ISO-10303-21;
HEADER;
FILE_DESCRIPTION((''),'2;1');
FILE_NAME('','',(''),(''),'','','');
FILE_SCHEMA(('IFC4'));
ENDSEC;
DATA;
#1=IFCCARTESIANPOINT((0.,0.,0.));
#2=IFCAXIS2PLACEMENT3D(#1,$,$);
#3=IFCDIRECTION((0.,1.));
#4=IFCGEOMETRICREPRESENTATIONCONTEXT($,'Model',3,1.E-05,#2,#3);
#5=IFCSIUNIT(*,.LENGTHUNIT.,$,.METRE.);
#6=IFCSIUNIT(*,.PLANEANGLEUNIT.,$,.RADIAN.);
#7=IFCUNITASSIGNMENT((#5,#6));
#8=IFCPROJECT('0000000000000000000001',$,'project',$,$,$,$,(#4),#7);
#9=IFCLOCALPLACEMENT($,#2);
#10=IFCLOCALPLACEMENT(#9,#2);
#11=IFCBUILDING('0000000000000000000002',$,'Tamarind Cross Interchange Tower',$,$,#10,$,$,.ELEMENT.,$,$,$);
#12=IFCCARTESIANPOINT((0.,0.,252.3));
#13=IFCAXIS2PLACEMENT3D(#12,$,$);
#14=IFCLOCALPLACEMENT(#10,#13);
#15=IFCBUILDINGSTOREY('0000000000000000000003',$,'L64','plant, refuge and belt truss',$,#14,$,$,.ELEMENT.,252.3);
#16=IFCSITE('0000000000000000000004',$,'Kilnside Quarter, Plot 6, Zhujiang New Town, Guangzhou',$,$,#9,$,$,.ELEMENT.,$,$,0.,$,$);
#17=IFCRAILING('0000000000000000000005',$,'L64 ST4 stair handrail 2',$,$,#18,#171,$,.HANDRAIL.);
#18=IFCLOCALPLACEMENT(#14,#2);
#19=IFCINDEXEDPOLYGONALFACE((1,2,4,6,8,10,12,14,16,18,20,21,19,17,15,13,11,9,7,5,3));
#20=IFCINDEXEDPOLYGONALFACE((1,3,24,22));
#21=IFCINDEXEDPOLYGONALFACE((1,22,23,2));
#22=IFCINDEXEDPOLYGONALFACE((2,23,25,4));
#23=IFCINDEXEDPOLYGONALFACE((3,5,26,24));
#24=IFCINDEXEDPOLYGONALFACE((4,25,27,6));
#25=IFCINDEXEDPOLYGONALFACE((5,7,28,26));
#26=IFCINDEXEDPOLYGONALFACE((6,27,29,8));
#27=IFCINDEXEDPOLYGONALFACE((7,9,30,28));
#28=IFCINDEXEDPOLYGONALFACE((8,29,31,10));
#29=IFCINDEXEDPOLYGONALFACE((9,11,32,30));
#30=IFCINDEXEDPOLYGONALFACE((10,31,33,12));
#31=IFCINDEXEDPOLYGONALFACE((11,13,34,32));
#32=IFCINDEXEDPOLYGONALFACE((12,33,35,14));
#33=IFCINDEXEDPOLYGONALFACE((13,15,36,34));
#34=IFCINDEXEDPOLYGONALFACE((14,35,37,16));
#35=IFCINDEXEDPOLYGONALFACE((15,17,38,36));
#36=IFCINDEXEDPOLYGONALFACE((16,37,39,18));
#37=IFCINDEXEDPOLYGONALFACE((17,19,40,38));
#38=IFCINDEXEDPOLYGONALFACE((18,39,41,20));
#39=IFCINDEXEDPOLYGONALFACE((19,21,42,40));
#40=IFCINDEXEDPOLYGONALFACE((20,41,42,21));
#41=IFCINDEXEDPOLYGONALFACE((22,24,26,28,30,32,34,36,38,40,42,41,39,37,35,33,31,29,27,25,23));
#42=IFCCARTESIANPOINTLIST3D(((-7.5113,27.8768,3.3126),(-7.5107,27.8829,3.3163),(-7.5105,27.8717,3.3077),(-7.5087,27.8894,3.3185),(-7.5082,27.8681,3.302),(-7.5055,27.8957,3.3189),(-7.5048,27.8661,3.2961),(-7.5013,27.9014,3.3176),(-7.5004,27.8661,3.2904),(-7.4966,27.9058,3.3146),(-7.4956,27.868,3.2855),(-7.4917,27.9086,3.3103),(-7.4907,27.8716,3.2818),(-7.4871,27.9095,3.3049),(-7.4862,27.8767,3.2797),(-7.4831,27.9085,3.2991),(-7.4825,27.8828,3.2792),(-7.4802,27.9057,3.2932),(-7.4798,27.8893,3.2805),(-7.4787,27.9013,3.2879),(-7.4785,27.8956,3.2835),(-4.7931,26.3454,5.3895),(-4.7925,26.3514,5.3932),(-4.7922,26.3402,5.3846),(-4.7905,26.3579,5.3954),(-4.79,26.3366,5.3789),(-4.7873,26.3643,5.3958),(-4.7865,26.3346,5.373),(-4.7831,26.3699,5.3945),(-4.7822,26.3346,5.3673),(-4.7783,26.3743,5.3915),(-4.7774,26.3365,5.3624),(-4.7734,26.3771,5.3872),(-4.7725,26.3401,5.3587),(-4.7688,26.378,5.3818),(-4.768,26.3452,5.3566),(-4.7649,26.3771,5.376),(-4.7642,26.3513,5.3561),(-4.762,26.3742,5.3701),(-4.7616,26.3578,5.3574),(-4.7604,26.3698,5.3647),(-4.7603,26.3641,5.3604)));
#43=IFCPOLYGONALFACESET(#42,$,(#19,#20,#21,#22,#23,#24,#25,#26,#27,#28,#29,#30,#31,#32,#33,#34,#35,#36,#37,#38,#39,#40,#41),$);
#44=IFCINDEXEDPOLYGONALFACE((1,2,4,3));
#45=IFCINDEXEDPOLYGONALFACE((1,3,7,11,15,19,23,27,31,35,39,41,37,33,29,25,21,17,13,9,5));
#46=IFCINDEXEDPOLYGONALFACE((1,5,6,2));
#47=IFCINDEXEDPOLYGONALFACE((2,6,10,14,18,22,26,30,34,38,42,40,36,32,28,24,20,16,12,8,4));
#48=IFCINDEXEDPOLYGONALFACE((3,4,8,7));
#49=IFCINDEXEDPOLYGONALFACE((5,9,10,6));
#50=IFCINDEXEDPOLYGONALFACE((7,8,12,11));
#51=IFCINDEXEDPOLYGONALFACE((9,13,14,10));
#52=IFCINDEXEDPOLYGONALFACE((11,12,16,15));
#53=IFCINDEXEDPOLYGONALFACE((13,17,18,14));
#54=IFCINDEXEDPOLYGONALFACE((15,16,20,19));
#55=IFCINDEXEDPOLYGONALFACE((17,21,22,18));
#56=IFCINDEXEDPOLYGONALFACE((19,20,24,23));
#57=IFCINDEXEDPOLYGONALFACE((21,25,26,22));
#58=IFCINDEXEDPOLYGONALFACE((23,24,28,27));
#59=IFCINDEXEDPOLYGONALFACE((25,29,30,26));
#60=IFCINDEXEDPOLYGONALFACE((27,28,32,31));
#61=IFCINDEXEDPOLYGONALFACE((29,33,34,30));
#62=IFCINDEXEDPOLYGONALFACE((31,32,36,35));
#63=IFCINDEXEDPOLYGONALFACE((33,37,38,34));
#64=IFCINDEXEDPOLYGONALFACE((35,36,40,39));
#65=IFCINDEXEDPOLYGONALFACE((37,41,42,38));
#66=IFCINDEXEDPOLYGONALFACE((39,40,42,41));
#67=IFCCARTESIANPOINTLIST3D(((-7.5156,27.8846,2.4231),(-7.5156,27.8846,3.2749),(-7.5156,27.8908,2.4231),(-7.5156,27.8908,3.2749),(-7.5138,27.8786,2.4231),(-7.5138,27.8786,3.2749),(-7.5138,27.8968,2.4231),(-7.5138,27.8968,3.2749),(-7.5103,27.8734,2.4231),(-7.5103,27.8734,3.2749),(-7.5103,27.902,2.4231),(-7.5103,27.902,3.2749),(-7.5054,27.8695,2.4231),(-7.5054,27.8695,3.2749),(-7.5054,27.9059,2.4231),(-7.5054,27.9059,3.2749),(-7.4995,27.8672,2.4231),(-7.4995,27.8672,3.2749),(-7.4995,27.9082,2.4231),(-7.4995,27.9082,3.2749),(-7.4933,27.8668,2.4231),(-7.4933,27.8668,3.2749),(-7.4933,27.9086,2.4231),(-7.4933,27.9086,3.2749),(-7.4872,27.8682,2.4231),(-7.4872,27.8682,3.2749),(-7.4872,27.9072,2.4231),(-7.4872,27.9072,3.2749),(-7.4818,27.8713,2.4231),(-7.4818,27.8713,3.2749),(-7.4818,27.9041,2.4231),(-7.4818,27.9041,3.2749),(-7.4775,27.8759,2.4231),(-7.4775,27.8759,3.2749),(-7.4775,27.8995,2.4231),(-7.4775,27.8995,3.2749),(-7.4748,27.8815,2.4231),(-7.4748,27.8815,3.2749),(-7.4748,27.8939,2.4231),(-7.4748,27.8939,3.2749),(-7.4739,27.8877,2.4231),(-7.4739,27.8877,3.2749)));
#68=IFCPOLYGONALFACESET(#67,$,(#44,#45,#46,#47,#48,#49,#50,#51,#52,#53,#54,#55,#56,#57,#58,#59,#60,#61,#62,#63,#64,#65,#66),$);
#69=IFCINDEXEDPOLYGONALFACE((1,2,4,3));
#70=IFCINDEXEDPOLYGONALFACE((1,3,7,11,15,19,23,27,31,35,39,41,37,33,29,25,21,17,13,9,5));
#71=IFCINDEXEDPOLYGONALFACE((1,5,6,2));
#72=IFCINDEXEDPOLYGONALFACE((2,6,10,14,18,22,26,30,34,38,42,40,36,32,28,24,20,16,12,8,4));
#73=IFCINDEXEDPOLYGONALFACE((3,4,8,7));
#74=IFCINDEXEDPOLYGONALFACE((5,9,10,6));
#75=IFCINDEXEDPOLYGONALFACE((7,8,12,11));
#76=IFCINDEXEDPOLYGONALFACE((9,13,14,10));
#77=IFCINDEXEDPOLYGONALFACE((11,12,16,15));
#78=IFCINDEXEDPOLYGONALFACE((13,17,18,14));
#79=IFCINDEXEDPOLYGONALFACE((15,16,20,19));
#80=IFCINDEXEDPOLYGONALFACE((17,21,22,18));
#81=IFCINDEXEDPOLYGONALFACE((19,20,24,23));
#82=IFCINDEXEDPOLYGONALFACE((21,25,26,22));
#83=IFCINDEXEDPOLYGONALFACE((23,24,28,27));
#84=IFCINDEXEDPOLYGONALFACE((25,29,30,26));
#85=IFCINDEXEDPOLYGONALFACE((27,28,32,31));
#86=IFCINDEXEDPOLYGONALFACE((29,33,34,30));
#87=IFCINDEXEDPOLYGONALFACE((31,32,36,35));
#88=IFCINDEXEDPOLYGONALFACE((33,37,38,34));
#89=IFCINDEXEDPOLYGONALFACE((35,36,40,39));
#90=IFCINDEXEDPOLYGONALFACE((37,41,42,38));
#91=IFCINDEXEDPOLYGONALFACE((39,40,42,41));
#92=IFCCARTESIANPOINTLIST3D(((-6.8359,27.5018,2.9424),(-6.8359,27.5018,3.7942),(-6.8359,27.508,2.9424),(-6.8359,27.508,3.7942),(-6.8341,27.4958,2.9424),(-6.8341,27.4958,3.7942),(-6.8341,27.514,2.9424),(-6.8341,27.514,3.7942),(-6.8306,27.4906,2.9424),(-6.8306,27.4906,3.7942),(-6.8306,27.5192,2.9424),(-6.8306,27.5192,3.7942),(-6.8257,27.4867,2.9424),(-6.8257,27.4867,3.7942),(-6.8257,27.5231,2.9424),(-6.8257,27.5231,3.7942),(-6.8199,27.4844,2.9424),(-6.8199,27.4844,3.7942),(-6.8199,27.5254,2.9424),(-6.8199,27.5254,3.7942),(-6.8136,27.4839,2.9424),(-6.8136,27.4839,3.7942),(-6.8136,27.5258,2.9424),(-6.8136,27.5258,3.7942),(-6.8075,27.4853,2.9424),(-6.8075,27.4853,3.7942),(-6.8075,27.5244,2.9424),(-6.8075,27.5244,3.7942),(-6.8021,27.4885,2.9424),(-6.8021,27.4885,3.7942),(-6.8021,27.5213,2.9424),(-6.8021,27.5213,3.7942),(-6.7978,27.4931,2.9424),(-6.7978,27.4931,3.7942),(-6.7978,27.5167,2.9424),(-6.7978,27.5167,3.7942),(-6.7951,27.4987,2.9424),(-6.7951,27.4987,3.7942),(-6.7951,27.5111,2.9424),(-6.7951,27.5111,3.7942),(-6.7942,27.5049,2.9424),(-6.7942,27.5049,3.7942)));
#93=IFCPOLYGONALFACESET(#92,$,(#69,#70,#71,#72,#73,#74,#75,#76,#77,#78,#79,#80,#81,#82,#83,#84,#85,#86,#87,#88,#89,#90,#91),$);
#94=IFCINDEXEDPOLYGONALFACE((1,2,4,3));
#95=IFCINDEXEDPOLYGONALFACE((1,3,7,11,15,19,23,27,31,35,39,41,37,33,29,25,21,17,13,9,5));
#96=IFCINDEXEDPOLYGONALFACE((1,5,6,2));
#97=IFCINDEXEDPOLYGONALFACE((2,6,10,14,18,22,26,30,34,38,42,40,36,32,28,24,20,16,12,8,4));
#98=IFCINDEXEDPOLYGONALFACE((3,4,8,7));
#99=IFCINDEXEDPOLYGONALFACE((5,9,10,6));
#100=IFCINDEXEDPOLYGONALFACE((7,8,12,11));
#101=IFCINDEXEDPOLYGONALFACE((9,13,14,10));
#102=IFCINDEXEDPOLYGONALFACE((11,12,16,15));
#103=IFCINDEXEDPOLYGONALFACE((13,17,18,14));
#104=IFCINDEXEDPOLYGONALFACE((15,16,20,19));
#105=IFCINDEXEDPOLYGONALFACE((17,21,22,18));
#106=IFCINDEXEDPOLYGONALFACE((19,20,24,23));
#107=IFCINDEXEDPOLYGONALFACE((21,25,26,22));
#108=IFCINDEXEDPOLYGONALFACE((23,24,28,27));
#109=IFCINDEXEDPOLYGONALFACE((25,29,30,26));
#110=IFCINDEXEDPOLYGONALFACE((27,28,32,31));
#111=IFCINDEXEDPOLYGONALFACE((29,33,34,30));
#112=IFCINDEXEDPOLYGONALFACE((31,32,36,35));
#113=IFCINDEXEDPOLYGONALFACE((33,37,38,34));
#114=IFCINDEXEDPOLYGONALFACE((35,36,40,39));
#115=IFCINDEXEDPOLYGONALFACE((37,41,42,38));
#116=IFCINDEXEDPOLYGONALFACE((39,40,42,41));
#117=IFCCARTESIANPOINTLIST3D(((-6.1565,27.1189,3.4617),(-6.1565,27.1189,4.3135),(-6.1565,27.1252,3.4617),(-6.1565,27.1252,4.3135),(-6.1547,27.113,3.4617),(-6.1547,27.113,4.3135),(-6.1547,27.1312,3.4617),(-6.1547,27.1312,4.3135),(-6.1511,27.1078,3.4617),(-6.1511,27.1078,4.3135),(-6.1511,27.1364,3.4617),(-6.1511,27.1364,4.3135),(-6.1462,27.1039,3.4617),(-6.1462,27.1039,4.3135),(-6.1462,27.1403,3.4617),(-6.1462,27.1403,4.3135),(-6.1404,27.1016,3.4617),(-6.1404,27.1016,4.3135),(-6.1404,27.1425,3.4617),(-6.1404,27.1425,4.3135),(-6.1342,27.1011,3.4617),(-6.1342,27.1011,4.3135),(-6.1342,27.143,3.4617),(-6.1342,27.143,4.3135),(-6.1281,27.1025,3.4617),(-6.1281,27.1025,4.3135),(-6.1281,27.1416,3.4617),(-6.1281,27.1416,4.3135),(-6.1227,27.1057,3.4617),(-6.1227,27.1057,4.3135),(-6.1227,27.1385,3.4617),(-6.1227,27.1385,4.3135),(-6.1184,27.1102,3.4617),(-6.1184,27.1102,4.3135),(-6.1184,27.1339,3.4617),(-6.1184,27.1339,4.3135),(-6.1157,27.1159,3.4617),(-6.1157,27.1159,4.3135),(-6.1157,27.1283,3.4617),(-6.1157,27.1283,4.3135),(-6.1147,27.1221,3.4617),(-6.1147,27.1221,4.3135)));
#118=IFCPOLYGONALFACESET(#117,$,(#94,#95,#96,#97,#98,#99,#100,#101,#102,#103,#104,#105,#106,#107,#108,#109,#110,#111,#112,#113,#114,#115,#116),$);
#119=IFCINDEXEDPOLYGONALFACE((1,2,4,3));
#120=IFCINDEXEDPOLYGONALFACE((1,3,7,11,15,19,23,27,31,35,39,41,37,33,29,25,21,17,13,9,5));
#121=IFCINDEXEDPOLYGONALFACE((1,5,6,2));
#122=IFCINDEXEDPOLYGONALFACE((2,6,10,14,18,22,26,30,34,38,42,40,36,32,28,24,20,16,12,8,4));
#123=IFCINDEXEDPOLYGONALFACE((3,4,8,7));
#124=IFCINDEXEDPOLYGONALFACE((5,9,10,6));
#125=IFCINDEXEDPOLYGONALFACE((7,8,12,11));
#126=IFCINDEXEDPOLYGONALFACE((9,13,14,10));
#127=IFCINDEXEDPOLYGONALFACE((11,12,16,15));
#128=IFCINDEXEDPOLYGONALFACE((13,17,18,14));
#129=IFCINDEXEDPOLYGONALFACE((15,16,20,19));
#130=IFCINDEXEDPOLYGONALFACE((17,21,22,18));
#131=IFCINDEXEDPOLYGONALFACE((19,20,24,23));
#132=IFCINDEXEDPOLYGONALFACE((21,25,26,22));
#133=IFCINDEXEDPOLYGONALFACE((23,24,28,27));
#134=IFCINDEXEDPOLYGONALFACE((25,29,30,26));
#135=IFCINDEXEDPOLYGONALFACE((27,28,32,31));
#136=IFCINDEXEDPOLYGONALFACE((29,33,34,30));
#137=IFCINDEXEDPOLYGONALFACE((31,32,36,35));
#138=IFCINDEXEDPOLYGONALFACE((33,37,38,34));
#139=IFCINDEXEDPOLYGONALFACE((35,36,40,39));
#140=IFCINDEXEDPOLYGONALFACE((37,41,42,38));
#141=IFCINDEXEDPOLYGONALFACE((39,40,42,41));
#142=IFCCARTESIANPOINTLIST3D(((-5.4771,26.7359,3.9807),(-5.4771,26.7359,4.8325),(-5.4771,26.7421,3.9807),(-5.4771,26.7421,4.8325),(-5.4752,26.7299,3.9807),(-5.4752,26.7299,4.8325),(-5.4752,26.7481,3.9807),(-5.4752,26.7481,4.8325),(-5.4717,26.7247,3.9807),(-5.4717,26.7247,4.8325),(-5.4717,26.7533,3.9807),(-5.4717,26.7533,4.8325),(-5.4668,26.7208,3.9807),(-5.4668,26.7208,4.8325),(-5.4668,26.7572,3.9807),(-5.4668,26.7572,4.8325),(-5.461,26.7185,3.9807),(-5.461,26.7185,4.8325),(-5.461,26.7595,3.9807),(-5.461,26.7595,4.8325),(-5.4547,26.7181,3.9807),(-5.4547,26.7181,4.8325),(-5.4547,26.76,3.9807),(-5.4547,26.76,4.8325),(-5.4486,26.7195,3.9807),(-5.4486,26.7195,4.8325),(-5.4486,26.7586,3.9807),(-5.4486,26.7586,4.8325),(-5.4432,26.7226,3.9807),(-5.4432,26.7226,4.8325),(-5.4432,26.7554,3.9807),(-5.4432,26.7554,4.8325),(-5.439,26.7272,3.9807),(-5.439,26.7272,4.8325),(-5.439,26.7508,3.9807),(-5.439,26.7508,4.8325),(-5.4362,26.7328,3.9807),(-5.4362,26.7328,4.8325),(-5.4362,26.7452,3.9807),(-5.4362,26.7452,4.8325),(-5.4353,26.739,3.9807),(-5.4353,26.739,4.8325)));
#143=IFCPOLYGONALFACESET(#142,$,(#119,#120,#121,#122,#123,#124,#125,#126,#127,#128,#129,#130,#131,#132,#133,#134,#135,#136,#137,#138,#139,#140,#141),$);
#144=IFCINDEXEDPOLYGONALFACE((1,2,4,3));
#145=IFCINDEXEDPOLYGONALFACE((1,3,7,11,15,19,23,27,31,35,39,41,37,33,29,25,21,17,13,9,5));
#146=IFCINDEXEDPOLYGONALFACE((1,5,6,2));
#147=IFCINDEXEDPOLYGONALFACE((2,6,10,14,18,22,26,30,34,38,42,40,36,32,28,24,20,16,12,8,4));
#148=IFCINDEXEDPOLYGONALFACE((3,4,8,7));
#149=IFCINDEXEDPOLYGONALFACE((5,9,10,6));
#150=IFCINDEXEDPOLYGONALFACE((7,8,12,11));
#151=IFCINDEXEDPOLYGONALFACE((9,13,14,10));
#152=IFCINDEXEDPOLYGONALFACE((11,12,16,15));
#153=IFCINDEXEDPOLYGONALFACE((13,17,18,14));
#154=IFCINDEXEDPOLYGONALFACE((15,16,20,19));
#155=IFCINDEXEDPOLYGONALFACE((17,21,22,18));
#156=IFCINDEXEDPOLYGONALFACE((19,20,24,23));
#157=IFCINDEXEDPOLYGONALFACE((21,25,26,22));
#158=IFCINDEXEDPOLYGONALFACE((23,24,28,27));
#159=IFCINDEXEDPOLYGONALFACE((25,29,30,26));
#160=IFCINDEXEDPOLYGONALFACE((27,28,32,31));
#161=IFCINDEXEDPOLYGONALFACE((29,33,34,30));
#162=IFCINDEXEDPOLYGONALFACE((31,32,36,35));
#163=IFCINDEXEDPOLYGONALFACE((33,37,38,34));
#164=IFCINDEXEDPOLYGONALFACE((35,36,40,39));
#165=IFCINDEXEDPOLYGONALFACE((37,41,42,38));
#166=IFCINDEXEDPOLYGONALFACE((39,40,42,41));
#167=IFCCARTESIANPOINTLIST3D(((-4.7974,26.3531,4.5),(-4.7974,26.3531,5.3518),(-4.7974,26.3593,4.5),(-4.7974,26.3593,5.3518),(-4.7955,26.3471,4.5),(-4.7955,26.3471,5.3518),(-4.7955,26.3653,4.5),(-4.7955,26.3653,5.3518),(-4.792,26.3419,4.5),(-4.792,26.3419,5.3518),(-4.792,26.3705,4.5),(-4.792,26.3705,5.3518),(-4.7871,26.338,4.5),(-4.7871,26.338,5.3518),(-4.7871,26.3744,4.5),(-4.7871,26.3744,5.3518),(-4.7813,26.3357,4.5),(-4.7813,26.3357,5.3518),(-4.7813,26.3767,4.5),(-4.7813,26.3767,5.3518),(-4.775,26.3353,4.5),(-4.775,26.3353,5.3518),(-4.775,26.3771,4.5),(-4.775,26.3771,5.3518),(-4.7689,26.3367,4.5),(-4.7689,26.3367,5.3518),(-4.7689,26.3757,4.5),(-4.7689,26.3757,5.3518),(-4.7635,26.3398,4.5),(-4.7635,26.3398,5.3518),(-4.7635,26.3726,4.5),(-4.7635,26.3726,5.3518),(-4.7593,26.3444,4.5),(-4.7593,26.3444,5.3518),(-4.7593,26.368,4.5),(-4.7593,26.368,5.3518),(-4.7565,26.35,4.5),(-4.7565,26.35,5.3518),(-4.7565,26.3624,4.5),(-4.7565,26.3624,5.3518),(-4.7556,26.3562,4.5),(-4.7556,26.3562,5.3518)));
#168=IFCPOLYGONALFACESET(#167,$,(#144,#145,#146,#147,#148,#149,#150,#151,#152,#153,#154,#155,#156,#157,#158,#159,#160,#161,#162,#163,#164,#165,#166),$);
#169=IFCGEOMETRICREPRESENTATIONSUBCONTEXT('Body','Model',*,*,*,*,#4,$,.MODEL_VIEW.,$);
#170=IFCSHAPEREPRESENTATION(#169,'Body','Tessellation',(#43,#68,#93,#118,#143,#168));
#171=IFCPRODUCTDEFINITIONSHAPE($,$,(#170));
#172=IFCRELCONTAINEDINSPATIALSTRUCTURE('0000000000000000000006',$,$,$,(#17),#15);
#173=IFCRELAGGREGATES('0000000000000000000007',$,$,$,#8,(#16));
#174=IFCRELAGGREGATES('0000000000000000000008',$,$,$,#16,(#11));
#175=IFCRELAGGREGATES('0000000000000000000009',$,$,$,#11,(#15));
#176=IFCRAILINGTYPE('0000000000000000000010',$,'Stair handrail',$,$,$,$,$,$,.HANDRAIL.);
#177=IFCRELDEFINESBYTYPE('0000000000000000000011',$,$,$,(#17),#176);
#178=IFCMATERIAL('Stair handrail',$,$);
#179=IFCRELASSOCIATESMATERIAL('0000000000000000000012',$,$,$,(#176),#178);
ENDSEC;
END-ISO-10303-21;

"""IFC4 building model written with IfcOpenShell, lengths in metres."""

from ifc_helpers import new_model, si_unit, direction, frame, origin, origin_2d, place, context, subcontext, project, spatial, circle, extrude, material, type_object, element, save


model = new_model("IFC4")

# Units and contexts
model_context = context("Model", 3, precision=1e-05, world=origin(), true_north=direction((0.0, 1.0)))
body_context = subcontext(model_context, "Body", "Model", "MODEL_VIEW")
ifc_project = project(units=[si_unit("LENGTHUNIT", "METRE"), si_unit("PLANEANGLEUNIT", "RADIAN")], contexts=[model_context])

# Site, building, storey
site_placement = place(None, origin())
site = spatial("IfcSite", under=ifc_project, at=site_placement, Name="Kilnside Quarter, Plot 6, Zhujiang New Town, Guangzhou", CompositionType="ELEMENT", RefElevation=0.0)
building_placement = place(site_placement, origin())
building = spatial("IfcBuilding", under=site, at=building_placement, Name="Tamarind Cross Interchange Tower", CompositionType="ELEMENT")
storey_placement = place(building_placement, frame((0.0, 0.0, 252.3)))
storey = spatial("IfcBuildingStorey", under=building, at=storey_placement, Name="L64", Description="plant, refuge and belt truss", CompositionType="ELEMENT", Elevation=252.3)

# Railing
ifc_material_1 = material(Name="Stair handrail")
railing_type_1 = type_object("IfcRailingType", Name="Stair handrail", PredefinedType="HANDRAIL", material=ifc_material_1)
railing_1_placement = place(storey_placement, frame((-7.4949, 27.8877, 2.4231)))
element("IfcRailing", 1, at=railing_1_placement, inside=storey, type_object=railing_type_1, Name="L64 ST4 stair handrail 2", PredefinedType="HANDRAIL", context=body_context, shape_type="SweptSolid", body=[
    extrude(circle(Radius=0.0239, at=origin_2d()), frame((0.0, 0.0, 0.876), z_axis=(0.725245, -0.40861, 0.554128), x_axis=(0.490863, 0.871237, 0.0)), (0.0, 0.0, 1.0), 3.748),
    extrude(circle(Radius=0.021, at=origin_2d()), origin(), (0.0, 0.0, 1.0), 0.8518),
    extrude(circle(Radius=0.021, at=origin_2d()), frame((0.6797, -0.3828, 0.5193)), (0.0, 0.0, 1.0), 0.8518),
    extrude(circle(Radius=0.021, at=origin_2d()), frame((1.3591, -0.7656, 1.0386)), (0.0, 0.0, 1.0), 0.8518),
    extrude(circle(Radius=0.021, at=origin_2d()), frame((2.0386, -1.1487, 1.5576)), (0.0, 0.0, 1.0), 0.8518),
    extrude(circle(Radius=0.021, at=origin_2d()), frame((2.7183, -1.5315, 2.0769)), (0.0, 0.0, 1.0), 0.8518),
])

save(model, "model.ifc")
